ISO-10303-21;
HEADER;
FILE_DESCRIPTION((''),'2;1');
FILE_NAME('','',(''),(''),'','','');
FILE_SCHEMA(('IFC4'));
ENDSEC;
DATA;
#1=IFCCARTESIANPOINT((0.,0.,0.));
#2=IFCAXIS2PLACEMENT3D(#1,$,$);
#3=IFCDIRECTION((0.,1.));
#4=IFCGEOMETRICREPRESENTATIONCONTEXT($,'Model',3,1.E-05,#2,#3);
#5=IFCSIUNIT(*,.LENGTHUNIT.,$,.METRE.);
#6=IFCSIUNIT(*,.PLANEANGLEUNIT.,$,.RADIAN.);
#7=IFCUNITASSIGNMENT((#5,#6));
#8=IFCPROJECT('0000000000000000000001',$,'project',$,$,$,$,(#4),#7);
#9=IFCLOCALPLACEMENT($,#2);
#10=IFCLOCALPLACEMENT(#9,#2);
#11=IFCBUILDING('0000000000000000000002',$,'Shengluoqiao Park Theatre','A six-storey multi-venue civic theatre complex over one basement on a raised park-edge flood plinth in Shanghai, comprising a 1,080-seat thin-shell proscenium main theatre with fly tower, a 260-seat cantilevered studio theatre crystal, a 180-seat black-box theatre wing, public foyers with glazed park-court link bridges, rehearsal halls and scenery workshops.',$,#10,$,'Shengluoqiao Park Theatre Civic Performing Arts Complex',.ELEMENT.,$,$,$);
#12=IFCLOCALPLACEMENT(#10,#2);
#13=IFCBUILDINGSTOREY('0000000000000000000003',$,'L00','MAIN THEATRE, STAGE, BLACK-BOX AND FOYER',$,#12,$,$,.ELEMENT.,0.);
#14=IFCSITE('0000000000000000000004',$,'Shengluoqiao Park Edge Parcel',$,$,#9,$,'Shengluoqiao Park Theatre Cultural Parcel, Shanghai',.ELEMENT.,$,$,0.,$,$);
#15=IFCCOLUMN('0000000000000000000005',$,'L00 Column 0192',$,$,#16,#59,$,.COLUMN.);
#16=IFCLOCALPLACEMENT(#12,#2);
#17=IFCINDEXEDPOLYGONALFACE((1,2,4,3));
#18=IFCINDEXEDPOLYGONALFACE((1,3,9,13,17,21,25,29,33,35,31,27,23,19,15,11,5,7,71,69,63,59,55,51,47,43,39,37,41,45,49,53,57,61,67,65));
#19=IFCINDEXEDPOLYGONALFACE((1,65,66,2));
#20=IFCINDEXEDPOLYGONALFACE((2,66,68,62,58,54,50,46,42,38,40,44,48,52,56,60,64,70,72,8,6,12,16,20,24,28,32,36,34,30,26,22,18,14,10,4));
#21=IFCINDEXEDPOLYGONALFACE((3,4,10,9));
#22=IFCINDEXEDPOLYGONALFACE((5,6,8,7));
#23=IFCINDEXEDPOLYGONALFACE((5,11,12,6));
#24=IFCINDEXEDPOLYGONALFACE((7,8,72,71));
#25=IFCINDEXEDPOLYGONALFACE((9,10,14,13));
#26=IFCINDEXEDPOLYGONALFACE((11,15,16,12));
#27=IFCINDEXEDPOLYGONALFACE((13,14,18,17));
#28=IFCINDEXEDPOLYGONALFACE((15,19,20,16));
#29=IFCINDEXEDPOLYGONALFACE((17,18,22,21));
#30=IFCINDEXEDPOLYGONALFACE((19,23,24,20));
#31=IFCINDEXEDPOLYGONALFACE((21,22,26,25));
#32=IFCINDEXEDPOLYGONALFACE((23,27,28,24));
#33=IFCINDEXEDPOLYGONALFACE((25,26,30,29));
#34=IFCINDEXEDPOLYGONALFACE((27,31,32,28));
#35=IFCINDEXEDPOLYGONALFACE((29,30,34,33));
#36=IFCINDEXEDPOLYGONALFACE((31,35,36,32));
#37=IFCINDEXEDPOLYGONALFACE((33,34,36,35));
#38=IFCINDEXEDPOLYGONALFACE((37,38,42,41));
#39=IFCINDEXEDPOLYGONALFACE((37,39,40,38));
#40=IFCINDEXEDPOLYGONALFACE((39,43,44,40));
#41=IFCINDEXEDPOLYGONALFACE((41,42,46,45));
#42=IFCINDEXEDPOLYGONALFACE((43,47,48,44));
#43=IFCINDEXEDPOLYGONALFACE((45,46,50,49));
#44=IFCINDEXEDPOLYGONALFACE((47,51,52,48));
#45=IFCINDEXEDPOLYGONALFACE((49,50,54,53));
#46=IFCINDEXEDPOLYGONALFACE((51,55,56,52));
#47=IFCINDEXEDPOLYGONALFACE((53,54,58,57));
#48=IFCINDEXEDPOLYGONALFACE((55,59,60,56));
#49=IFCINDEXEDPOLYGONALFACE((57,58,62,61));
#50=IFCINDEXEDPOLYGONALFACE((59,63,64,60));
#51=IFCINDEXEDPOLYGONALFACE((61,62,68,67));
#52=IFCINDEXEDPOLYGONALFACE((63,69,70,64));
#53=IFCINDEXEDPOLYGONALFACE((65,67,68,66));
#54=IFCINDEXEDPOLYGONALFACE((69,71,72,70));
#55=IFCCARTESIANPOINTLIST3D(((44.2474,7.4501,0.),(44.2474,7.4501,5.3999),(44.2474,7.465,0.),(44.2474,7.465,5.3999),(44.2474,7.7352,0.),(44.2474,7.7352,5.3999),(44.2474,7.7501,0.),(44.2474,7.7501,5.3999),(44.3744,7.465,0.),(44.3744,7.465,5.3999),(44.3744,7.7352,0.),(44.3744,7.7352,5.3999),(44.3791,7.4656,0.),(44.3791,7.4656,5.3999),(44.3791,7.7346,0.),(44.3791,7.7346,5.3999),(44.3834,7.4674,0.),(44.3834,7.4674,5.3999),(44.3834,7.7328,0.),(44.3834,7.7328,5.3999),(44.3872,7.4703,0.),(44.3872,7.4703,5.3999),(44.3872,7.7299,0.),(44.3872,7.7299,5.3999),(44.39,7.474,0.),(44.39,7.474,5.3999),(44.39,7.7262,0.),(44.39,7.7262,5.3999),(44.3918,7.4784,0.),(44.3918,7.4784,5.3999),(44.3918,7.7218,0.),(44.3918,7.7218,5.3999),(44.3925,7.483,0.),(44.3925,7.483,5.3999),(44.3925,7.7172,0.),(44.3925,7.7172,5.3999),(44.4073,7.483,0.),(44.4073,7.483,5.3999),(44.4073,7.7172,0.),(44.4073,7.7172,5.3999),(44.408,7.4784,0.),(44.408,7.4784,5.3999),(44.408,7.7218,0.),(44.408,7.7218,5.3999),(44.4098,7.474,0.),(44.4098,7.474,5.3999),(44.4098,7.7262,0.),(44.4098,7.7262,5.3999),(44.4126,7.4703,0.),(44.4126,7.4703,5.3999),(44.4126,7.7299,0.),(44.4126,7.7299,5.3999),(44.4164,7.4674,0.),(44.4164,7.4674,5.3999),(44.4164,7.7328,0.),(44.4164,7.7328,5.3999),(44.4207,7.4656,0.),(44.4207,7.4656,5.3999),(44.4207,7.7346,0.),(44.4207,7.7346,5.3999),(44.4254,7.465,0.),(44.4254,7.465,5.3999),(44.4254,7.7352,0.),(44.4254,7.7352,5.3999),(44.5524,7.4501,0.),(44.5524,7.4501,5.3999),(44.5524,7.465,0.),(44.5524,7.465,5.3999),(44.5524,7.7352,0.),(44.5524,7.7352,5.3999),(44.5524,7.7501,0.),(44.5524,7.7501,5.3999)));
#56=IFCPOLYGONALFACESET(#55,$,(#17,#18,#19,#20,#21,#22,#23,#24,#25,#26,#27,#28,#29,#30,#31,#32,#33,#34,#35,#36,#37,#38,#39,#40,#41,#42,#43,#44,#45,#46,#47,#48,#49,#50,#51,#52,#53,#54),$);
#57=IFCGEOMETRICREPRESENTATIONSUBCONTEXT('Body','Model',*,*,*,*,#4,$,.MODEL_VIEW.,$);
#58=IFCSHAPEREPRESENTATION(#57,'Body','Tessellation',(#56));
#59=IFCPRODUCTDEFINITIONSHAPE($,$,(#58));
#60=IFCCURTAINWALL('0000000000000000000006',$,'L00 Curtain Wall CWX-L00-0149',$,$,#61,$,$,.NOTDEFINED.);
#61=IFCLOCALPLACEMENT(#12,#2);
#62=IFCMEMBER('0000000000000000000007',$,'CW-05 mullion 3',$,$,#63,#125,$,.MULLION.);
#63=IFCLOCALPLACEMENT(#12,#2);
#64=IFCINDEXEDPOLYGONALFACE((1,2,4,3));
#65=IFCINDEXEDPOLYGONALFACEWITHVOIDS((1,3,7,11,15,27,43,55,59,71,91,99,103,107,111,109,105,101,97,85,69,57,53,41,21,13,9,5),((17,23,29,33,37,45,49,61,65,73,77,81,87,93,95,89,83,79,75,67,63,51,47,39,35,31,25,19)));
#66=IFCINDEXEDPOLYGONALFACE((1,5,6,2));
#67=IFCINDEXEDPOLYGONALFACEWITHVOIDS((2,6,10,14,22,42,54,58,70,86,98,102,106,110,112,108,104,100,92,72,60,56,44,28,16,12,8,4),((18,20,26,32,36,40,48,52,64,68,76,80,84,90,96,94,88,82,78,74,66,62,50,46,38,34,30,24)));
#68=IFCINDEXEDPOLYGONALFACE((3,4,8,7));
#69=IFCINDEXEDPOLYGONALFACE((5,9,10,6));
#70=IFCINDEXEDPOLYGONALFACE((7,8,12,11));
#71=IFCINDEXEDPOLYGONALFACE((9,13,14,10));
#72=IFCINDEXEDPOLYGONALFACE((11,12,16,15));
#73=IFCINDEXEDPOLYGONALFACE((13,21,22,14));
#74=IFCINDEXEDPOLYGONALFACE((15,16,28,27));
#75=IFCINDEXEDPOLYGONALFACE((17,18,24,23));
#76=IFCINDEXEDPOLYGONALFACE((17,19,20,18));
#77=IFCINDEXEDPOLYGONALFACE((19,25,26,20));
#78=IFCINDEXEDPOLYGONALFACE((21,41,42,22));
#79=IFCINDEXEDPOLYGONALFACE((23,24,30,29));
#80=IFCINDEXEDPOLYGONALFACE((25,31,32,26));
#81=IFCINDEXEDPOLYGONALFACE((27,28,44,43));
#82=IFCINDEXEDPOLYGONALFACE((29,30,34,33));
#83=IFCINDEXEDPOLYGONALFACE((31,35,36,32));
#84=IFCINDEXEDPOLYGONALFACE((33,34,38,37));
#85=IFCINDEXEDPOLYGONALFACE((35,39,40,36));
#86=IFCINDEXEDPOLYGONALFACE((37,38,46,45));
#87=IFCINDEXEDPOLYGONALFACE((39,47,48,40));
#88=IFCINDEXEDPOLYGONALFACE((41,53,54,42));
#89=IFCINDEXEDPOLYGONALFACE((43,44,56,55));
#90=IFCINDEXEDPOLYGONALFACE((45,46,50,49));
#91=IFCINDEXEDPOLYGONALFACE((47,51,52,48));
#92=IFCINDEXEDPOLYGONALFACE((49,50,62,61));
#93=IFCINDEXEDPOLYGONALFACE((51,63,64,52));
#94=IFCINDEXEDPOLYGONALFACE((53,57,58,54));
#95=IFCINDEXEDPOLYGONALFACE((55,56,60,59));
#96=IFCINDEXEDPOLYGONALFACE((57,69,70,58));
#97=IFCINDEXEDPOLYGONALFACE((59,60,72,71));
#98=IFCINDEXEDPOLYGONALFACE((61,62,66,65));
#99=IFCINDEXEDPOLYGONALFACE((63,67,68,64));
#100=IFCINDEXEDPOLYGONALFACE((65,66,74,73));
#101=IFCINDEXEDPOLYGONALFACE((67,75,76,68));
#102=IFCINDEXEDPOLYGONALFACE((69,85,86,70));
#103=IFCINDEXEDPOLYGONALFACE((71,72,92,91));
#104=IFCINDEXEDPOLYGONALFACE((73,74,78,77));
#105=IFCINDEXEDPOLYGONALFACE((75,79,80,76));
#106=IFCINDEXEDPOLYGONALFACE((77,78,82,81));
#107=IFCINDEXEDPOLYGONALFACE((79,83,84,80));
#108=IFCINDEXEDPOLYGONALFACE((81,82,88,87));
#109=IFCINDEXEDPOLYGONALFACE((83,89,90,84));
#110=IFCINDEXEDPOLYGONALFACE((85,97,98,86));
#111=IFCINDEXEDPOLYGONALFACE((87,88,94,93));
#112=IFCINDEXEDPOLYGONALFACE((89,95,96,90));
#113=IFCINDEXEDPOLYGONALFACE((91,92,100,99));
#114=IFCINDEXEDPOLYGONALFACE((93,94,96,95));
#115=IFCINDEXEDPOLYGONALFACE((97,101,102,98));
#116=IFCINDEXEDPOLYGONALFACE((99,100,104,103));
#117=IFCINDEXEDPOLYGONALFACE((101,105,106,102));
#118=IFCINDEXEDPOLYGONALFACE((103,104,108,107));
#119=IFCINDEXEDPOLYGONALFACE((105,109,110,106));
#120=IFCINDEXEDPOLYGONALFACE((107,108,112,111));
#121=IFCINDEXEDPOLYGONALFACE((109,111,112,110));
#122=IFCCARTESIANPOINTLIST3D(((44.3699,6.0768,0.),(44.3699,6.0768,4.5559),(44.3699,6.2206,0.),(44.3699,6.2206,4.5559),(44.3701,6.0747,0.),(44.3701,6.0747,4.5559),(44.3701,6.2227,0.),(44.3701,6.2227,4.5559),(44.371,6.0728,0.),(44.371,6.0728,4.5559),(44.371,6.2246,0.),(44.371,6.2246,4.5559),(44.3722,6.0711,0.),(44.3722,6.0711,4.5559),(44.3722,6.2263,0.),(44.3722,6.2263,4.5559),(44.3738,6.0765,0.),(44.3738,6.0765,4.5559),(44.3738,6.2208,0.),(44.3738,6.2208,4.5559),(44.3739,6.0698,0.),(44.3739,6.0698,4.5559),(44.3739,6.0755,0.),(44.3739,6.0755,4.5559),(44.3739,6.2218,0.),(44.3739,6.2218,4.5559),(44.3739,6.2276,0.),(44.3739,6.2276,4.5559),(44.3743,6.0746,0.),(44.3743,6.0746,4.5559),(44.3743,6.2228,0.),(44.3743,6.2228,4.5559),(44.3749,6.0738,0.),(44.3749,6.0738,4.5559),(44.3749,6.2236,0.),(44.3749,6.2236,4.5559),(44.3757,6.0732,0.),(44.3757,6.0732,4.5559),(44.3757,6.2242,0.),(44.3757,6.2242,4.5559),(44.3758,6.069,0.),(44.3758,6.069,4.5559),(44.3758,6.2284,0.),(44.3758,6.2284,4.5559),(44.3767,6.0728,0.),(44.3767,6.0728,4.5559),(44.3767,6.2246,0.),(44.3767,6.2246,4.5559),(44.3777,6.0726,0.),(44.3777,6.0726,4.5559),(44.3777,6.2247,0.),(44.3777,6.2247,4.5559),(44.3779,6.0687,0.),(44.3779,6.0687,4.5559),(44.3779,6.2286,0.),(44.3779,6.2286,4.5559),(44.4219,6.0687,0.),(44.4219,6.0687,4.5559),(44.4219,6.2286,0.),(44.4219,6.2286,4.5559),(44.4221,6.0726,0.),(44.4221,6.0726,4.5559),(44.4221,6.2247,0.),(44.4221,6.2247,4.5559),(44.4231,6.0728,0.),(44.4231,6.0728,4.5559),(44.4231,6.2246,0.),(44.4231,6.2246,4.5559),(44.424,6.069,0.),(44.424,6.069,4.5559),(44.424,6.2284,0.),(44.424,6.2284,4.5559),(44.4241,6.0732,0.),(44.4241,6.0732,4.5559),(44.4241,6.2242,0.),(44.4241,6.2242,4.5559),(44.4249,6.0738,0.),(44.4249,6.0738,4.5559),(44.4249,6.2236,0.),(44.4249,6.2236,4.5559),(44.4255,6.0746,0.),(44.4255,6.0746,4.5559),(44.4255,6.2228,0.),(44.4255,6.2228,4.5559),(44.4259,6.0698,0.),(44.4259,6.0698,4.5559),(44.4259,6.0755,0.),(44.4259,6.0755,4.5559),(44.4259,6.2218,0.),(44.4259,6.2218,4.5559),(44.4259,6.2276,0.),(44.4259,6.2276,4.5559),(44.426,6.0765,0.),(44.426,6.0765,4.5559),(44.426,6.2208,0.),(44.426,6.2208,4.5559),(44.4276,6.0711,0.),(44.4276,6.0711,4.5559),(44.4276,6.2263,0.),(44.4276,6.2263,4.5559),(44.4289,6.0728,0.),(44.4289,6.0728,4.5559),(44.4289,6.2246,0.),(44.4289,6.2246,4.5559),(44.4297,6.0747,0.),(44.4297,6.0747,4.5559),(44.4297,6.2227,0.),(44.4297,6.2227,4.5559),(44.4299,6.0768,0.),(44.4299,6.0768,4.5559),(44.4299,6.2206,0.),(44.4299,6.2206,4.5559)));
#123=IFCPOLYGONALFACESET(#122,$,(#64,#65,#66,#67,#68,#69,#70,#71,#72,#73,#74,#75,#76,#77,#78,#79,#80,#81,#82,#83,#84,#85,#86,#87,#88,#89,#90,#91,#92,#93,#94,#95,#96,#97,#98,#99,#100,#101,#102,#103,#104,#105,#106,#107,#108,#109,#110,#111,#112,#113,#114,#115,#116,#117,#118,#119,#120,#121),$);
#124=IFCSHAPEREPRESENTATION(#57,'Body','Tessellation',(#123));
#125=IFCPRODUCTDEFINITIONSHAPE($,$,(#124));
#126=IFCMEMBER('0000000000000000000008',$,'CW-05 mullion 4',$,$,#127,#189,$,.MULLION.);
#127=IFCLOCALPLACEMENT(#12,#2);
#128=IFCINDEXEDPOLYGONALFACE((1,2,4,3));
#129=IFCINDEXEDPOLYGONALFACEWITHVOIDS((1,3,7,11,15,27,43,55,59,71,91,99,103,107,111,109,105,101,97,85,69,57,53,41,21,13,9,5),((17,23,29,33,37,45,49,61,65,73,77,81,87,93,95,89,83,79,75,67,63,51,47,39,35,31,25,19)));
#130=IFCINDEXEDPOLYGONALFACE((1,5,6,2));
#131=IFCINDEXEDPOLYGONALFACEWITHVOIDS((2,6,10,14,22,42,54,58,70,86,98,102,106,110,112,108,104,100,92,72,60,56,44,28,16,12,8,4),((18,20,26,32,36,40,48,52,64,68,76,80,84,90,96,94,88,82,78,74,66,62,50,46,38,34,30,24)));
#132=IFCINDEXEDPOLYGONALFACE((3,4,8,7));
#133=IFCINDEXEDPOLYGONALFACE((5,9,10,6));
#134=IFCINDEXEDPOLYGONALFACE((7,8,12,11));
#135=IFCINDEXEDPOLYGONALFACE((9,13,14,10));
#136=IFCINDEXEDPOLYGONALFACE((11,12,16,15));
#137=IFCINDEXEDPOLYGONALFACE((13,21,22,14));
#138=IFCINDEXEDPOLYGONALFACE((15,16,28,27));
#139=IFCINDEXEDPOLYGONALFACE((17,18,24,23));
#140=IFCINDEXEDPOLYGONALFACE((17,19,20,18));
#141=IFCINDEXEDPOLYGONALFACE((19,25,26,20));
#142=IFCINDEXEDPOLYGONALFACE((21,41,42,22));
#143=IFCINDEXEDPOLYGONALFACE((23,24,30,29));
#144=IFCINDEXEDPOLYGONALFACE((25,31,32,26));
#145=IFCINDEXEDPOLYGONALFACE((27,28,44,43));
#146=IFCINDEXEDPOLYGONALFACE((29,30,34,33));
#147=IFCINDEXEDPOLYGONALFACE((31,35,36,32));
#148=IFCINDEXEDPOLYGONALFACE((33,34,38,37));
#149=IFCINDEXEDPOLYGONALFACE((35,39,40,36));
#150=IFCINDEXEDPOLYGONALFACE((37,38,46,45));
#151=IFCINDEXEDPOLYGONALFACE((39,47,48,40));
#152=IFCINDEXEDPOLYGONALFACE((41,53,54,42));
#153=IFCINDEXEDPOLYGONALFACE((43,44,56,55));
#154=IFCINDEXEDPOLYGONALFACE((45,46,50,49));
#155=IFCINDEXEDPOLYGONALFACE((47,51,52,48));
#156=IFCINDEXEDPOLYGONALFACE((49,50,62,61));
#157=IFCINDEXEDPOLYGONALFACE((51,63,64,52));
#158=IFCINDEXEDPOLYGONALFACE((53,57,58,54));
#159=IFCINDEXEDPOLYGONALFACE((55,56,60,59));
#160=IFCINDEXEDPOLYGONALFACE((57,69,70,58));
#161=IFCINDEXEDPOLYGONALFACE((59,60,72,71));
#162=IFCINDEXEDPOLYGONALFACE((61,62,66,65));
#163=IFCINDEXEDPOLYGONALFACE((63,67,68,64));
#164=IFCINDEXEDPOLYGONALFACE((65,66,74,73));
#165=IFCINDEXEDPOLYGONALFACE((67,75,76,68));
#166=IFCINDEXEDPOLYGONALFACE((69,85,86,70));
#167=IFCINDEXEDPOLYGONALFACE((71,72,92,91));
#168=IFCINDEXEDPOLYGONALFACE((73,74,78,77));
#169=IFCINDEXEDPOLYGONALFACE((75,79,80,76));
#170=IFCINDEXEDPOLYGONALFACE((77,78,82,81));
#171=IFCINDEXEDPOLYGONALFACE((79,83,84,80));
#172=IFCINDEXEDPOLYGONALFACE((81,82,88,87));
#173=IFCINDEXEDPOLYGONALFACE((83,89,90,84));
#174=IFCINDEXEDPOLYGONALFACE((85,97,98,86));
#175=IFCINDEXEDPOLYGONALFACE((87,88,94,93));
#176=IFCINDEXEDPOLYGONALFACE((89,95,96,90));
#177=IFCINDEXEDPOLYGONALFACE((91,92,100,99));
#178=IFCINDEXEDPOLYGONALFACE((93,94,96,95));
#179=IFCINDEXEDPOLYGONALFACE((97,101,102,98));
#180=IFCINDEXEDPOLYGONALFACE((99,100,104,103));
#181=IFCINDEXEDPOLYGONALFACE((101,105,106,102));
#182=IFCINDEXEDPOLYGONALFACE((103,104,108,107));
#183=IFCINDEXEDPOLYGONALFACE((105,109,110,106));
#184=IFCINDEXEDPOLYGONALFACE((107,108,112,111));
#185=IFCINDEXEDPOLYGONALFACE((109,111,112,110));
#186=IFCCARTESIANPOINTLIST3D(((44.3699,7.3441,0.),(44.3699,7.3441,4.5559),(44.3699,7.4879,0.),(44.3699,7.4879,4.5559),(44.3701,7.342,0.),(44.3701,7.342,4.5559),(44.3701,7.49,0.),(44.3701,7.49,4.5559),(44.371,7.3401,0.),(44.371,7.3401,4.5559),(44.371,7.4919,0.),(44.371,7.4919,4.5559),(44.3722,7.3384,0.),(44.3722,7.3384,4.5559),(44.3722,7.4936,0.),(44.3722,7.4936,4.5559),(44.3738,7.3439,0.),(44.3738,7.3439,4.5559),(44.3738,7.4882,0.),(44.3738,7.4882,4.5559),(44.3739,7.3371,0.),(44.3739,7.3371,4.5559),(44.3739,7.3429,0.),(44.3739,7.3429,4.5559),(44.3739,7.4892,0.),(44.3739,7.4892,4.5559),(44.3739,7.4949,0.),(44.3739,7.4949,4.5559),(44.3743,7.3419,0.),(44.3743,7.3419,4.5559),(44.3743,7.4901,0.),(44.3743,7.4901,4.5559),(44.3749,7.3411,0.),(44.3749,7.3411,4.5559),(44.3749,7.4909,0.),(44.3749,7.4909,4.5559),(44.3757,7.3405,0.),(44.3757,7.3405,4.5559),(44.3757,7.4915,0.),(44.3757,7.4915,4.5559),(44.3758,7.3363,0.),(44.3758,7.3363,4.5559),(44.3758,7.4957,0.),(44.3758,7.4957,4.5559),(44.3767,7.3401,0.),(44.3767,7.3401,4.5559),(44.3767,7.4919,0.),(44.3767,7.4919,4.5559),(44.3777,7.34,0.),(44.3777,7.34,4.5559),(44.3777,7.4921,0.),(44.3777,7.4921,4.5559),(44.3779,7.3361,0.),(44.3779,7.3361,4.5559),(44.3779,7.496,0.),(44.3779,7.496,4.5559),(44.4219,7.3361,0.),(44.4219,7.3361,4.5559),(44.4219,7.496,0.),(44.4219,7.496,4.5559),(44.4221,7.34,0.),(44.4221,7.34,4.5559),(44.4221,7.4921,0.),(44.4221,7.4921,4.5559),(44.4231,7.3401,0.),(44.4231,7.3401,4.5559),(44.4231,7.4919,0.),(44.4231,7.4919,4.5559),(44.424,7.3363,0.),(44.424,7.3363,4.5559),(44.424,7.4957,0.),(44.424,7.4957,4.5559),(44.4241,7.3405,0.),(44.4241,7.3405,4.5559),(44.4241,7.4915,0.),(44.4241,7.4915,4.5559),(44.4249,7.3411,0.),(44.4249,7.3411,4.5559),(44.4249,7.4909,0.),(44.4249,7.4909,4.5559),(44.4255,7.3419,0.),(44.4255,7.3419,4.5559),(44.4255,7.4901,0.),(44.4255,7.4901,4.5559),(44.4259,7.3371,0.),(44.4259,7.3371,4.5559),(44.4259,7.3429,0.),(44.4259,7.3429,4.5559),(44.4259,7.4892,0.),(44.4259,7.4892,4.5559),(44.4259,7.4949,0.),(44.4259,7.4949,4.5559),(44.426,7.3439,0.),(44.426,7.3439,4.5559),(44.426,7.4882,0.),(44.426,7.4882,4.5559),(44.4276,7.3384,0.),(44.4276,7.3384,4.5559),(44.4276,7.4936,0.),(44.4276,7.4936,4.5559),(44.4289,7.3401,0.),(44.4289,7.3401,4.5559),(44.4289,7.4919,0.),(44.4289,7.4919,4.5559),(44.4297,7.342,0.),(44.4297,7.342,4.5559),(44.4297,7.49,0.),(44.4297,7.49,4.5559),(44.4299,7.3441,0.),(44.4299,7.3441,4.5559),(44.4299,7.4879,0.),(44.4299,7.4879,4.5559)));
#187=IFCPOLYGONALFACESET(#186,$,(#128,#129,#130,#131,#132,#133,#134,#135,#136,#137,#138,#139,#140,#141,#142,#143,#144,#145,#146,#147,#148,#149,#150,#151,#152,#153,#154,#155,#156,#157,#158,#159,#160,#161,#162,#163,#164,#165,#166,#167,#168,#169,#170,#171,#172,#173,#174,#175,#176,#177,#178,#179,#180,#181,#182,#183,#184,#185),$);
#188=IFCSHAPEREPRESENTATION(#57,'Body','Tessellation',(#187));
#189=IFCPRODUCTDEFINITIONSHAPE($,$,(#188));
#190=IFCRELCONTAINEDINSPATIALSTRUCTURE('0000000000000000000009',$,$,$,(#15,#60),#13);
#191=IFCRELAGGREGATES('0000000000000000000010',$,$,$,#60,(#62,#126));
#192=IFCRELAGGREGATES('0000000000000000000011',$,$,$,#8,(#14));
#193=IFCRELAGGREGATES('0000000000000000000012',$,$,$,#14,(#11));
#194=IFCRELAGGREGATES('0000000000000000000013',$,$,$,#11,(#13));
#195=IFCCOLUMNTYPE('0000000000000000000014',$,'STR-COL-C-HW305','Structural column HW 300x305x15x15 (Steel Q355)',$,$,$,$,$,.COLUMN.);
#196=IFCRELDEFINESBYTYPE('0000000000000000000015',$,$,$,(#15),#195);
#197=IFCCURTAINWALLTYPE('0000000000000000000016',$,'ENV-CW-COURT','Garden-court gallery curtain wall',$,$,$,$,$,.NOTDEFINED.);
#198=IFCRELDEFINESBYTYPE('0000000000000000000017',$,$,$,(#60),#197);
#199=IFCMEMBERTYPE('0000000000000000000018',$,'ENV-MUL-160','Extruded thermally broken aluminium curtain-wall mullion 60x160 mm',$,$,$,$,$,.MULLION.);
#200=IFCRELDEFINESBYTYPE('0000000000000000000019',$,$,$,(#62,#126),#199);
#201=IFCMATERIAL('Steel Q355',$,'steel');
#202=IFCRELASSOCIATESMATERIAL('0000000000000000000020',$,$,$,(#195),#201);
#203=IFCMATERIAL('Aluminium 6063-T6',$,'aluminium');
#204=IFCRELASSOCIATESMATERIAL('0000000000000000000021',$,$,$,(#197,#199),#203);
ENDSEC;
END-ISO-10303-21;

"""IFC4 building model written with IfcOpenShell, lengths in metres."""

from ifc_helpers import new_model, si_unit, direction, frame, origin, origin_2d, place, context, subcontext, project, spatial, hollow_rectangle, i_section, extrude, material, material_profile, profile_set, type_object, element, aggregate, save


model = new_model("IFC4")

# Units and contexts
model_context = context("Model", 3, precision=1e-05, world=origin(), true_north=direction((0.0, 1.0)))
body_context = subcontext(model_context, "Body", "Model", "MODEL_VIEW")
ifc_project = project(units=[si_unit("LENGTHUNIT", "METRE"), si_unit("PLANEANGLEUNIT", "RADIAN")], contexts=[model_context])

# Site, building, storey
site_placement = place(None, origin())
site = spatial("IfcSite", under=ifc_project, at=site_placement, Name="Shengluoqiao Park Edge Parcel", LongName="Shengluoqiao Park Theatre Cultural Parcel, Shanghai", CompositionType="ELEMENT", RefElevation=0.0)
building_placement = place(site_placement, origin())
building = spatial("IfcBuilding", under=site, at=building_placement, Name="Shengluoqiao Park Theatre", Description="A six-storey multi-venue civic theatre complex over one basement on a raised park-edge flood plinth in Shanghai, comprising a 1,080-seat thin-shell proscenium main theatre with fly tower, a 260-seat cantilevered studio theatre crystal, a 180-seat black-box theatre wing, public foyers with glazed park-court link bridges, rehearsal halls and scenery workshops.", LongName="Shengluoqiao Park Theatre Civic Performing Arts Complex", CompositionType="ELEMENT")
storey_placement = place(building_placement, origin())
storey = spatial("IfcBuildingStorey", under=building, at=storey_placement, Name="L00", Description="MAIN THEATRE, STAGE, BLACK-BOX AND FOYER", CompositionType="ELEMENT", Elevation=0.0)

# Column
ifc_material_1 = material(Name="Steel Q355", Category="steel")
ifc_material_profile_1 = material_profile(ifc_material_1, i_section(OverallWidth=0.3049, OverallDepth=0.3, WebThickness=0.0149, FlangeThickness=0.0149, FilletRadius=0.0181, at=origin_2d()), Name="HW 300x305x15x15")
ifc_profile_set_1 = profile_set([ifc_material_profile_1], Name="Steel Q355")
column_type = type_object("IfcColumnType", Name="STR-COL-C-HW305", Description="Structural column HW 300x305x15x15 (Steel Q355)", PredefinedType="COLUMN", material=ifc_profile_set_1)
column_placement = place(storey_placement, frame((44.3999, 7.6001, 0.0), z_axis=(0.0, 0.0, 1.0), x_axis=(1.0, 0.0, 0.0)))
element("IfcColumn", 1, at=column_placement, inside=storey, type_object=column_type, Name="L00 Column 0192", PredefinedType="COLUMN", context=body_context, shape_type="SweptSolid", body=[
    extrude(i_section(OverallWidth=0.3049, OverallDepth=0.3, WebThickness=0.0149, FlangeThickness=0.0149, FilletRadius=0.0181, at=origin_2d()), origin(), (0.0, 0.0, 1.0), 5.3999),
])

# Curtain wall, members
ifc_material_2 = material(Name="Aluminium 6063-T6", Category="aluminium")
curtain_wall_type = type_object("IfcCurtainWallType", Name="ENV-CW-COURT", Description="Garden-court gallery curtain wall", PredefinedType="NOTDEFINED", material=ifc_material_2)
curtain_wall_1_placement = place(storey_placement, origin())
curtain_wall_1 = element("IfcCurtainWall", 2, at=curtain_wall_1_placement, inside=storey, type_object=curtain_wall_type, Name="L00 Curtain Wall CWX-L00-0149", PredefinedType="NOTDEFINED")
ifc_material_profile_2 = material_profile(ifc_material_2, hollow_rectangle(XDim=0.0601, YDim=0.1599, WallThickness=0.0039, InnerFilletRadius=0.0039, OuterFilletRadius=0.0081, at=origin_2d()), Name="ALU MULLION 160x60x4")
ifc_profile_set_2 = profile_set([ifc_material_profile_2], Name="Aluminium 6063-T6")
member_type_1 = type_object("IfcMemberType", Name="ENV-MUL-160", Description="Extruded thermally broken aluminium curtain-wall mullion 60x160 mm", PredefinedType="MULLION", material=ifc_profile_set_2)
member_1_placement = place(storey_placement, frame((44.3999, 6.1487, 0.0), z_axis=(0.0, 0.0, 1.0), x_axis=(-1.0, 0.0, 0.0)))
member_1 = element("IfcMember", 3, at=member_1_placement, type_object=member_type_1, Name="CW-05 mullion 3", PredefinedType="MULLION", context=body_context, shape_type="SweptSolid", body=[
    extrude(hollow_rectangle(XDim=0.0601, YDim=0.1599, WallThickness=0.0039, InnerFilletRadius=0.0039, OuterFilletRadius=0.0081, at=origin_2d()), origin(), (0.0, 0.0, 1.0), 4.5559),
])
member_2_placement = place(storey_placement, frame((44.3999, 7.416, 0.0), z_axis=(0.0, 0.0, 1.0), x_axis=(-1.0, 0.0, 0.0)))
member_2 = element("IfcMember", 4, at=member_2_placement, type_object=member_type_1, Name="CW-05 mullion 4", PredefinedType="MULLION", context=body_context, shape_type="SweptSolid", body=[
    extrude(hollow_rectangle(XDim=0.0601, YDim=0.1599, WallThickness=0.0039, InnerFilletRadius=0.0039, OuterFilletRadius=0.0081, at=origin_2d()), origin(), (0.0, 0.0, 1.0), 4.5559),
])

aggregate(curtain_wall_1, [member_1, member_2])

save(model, "model.ifc")
